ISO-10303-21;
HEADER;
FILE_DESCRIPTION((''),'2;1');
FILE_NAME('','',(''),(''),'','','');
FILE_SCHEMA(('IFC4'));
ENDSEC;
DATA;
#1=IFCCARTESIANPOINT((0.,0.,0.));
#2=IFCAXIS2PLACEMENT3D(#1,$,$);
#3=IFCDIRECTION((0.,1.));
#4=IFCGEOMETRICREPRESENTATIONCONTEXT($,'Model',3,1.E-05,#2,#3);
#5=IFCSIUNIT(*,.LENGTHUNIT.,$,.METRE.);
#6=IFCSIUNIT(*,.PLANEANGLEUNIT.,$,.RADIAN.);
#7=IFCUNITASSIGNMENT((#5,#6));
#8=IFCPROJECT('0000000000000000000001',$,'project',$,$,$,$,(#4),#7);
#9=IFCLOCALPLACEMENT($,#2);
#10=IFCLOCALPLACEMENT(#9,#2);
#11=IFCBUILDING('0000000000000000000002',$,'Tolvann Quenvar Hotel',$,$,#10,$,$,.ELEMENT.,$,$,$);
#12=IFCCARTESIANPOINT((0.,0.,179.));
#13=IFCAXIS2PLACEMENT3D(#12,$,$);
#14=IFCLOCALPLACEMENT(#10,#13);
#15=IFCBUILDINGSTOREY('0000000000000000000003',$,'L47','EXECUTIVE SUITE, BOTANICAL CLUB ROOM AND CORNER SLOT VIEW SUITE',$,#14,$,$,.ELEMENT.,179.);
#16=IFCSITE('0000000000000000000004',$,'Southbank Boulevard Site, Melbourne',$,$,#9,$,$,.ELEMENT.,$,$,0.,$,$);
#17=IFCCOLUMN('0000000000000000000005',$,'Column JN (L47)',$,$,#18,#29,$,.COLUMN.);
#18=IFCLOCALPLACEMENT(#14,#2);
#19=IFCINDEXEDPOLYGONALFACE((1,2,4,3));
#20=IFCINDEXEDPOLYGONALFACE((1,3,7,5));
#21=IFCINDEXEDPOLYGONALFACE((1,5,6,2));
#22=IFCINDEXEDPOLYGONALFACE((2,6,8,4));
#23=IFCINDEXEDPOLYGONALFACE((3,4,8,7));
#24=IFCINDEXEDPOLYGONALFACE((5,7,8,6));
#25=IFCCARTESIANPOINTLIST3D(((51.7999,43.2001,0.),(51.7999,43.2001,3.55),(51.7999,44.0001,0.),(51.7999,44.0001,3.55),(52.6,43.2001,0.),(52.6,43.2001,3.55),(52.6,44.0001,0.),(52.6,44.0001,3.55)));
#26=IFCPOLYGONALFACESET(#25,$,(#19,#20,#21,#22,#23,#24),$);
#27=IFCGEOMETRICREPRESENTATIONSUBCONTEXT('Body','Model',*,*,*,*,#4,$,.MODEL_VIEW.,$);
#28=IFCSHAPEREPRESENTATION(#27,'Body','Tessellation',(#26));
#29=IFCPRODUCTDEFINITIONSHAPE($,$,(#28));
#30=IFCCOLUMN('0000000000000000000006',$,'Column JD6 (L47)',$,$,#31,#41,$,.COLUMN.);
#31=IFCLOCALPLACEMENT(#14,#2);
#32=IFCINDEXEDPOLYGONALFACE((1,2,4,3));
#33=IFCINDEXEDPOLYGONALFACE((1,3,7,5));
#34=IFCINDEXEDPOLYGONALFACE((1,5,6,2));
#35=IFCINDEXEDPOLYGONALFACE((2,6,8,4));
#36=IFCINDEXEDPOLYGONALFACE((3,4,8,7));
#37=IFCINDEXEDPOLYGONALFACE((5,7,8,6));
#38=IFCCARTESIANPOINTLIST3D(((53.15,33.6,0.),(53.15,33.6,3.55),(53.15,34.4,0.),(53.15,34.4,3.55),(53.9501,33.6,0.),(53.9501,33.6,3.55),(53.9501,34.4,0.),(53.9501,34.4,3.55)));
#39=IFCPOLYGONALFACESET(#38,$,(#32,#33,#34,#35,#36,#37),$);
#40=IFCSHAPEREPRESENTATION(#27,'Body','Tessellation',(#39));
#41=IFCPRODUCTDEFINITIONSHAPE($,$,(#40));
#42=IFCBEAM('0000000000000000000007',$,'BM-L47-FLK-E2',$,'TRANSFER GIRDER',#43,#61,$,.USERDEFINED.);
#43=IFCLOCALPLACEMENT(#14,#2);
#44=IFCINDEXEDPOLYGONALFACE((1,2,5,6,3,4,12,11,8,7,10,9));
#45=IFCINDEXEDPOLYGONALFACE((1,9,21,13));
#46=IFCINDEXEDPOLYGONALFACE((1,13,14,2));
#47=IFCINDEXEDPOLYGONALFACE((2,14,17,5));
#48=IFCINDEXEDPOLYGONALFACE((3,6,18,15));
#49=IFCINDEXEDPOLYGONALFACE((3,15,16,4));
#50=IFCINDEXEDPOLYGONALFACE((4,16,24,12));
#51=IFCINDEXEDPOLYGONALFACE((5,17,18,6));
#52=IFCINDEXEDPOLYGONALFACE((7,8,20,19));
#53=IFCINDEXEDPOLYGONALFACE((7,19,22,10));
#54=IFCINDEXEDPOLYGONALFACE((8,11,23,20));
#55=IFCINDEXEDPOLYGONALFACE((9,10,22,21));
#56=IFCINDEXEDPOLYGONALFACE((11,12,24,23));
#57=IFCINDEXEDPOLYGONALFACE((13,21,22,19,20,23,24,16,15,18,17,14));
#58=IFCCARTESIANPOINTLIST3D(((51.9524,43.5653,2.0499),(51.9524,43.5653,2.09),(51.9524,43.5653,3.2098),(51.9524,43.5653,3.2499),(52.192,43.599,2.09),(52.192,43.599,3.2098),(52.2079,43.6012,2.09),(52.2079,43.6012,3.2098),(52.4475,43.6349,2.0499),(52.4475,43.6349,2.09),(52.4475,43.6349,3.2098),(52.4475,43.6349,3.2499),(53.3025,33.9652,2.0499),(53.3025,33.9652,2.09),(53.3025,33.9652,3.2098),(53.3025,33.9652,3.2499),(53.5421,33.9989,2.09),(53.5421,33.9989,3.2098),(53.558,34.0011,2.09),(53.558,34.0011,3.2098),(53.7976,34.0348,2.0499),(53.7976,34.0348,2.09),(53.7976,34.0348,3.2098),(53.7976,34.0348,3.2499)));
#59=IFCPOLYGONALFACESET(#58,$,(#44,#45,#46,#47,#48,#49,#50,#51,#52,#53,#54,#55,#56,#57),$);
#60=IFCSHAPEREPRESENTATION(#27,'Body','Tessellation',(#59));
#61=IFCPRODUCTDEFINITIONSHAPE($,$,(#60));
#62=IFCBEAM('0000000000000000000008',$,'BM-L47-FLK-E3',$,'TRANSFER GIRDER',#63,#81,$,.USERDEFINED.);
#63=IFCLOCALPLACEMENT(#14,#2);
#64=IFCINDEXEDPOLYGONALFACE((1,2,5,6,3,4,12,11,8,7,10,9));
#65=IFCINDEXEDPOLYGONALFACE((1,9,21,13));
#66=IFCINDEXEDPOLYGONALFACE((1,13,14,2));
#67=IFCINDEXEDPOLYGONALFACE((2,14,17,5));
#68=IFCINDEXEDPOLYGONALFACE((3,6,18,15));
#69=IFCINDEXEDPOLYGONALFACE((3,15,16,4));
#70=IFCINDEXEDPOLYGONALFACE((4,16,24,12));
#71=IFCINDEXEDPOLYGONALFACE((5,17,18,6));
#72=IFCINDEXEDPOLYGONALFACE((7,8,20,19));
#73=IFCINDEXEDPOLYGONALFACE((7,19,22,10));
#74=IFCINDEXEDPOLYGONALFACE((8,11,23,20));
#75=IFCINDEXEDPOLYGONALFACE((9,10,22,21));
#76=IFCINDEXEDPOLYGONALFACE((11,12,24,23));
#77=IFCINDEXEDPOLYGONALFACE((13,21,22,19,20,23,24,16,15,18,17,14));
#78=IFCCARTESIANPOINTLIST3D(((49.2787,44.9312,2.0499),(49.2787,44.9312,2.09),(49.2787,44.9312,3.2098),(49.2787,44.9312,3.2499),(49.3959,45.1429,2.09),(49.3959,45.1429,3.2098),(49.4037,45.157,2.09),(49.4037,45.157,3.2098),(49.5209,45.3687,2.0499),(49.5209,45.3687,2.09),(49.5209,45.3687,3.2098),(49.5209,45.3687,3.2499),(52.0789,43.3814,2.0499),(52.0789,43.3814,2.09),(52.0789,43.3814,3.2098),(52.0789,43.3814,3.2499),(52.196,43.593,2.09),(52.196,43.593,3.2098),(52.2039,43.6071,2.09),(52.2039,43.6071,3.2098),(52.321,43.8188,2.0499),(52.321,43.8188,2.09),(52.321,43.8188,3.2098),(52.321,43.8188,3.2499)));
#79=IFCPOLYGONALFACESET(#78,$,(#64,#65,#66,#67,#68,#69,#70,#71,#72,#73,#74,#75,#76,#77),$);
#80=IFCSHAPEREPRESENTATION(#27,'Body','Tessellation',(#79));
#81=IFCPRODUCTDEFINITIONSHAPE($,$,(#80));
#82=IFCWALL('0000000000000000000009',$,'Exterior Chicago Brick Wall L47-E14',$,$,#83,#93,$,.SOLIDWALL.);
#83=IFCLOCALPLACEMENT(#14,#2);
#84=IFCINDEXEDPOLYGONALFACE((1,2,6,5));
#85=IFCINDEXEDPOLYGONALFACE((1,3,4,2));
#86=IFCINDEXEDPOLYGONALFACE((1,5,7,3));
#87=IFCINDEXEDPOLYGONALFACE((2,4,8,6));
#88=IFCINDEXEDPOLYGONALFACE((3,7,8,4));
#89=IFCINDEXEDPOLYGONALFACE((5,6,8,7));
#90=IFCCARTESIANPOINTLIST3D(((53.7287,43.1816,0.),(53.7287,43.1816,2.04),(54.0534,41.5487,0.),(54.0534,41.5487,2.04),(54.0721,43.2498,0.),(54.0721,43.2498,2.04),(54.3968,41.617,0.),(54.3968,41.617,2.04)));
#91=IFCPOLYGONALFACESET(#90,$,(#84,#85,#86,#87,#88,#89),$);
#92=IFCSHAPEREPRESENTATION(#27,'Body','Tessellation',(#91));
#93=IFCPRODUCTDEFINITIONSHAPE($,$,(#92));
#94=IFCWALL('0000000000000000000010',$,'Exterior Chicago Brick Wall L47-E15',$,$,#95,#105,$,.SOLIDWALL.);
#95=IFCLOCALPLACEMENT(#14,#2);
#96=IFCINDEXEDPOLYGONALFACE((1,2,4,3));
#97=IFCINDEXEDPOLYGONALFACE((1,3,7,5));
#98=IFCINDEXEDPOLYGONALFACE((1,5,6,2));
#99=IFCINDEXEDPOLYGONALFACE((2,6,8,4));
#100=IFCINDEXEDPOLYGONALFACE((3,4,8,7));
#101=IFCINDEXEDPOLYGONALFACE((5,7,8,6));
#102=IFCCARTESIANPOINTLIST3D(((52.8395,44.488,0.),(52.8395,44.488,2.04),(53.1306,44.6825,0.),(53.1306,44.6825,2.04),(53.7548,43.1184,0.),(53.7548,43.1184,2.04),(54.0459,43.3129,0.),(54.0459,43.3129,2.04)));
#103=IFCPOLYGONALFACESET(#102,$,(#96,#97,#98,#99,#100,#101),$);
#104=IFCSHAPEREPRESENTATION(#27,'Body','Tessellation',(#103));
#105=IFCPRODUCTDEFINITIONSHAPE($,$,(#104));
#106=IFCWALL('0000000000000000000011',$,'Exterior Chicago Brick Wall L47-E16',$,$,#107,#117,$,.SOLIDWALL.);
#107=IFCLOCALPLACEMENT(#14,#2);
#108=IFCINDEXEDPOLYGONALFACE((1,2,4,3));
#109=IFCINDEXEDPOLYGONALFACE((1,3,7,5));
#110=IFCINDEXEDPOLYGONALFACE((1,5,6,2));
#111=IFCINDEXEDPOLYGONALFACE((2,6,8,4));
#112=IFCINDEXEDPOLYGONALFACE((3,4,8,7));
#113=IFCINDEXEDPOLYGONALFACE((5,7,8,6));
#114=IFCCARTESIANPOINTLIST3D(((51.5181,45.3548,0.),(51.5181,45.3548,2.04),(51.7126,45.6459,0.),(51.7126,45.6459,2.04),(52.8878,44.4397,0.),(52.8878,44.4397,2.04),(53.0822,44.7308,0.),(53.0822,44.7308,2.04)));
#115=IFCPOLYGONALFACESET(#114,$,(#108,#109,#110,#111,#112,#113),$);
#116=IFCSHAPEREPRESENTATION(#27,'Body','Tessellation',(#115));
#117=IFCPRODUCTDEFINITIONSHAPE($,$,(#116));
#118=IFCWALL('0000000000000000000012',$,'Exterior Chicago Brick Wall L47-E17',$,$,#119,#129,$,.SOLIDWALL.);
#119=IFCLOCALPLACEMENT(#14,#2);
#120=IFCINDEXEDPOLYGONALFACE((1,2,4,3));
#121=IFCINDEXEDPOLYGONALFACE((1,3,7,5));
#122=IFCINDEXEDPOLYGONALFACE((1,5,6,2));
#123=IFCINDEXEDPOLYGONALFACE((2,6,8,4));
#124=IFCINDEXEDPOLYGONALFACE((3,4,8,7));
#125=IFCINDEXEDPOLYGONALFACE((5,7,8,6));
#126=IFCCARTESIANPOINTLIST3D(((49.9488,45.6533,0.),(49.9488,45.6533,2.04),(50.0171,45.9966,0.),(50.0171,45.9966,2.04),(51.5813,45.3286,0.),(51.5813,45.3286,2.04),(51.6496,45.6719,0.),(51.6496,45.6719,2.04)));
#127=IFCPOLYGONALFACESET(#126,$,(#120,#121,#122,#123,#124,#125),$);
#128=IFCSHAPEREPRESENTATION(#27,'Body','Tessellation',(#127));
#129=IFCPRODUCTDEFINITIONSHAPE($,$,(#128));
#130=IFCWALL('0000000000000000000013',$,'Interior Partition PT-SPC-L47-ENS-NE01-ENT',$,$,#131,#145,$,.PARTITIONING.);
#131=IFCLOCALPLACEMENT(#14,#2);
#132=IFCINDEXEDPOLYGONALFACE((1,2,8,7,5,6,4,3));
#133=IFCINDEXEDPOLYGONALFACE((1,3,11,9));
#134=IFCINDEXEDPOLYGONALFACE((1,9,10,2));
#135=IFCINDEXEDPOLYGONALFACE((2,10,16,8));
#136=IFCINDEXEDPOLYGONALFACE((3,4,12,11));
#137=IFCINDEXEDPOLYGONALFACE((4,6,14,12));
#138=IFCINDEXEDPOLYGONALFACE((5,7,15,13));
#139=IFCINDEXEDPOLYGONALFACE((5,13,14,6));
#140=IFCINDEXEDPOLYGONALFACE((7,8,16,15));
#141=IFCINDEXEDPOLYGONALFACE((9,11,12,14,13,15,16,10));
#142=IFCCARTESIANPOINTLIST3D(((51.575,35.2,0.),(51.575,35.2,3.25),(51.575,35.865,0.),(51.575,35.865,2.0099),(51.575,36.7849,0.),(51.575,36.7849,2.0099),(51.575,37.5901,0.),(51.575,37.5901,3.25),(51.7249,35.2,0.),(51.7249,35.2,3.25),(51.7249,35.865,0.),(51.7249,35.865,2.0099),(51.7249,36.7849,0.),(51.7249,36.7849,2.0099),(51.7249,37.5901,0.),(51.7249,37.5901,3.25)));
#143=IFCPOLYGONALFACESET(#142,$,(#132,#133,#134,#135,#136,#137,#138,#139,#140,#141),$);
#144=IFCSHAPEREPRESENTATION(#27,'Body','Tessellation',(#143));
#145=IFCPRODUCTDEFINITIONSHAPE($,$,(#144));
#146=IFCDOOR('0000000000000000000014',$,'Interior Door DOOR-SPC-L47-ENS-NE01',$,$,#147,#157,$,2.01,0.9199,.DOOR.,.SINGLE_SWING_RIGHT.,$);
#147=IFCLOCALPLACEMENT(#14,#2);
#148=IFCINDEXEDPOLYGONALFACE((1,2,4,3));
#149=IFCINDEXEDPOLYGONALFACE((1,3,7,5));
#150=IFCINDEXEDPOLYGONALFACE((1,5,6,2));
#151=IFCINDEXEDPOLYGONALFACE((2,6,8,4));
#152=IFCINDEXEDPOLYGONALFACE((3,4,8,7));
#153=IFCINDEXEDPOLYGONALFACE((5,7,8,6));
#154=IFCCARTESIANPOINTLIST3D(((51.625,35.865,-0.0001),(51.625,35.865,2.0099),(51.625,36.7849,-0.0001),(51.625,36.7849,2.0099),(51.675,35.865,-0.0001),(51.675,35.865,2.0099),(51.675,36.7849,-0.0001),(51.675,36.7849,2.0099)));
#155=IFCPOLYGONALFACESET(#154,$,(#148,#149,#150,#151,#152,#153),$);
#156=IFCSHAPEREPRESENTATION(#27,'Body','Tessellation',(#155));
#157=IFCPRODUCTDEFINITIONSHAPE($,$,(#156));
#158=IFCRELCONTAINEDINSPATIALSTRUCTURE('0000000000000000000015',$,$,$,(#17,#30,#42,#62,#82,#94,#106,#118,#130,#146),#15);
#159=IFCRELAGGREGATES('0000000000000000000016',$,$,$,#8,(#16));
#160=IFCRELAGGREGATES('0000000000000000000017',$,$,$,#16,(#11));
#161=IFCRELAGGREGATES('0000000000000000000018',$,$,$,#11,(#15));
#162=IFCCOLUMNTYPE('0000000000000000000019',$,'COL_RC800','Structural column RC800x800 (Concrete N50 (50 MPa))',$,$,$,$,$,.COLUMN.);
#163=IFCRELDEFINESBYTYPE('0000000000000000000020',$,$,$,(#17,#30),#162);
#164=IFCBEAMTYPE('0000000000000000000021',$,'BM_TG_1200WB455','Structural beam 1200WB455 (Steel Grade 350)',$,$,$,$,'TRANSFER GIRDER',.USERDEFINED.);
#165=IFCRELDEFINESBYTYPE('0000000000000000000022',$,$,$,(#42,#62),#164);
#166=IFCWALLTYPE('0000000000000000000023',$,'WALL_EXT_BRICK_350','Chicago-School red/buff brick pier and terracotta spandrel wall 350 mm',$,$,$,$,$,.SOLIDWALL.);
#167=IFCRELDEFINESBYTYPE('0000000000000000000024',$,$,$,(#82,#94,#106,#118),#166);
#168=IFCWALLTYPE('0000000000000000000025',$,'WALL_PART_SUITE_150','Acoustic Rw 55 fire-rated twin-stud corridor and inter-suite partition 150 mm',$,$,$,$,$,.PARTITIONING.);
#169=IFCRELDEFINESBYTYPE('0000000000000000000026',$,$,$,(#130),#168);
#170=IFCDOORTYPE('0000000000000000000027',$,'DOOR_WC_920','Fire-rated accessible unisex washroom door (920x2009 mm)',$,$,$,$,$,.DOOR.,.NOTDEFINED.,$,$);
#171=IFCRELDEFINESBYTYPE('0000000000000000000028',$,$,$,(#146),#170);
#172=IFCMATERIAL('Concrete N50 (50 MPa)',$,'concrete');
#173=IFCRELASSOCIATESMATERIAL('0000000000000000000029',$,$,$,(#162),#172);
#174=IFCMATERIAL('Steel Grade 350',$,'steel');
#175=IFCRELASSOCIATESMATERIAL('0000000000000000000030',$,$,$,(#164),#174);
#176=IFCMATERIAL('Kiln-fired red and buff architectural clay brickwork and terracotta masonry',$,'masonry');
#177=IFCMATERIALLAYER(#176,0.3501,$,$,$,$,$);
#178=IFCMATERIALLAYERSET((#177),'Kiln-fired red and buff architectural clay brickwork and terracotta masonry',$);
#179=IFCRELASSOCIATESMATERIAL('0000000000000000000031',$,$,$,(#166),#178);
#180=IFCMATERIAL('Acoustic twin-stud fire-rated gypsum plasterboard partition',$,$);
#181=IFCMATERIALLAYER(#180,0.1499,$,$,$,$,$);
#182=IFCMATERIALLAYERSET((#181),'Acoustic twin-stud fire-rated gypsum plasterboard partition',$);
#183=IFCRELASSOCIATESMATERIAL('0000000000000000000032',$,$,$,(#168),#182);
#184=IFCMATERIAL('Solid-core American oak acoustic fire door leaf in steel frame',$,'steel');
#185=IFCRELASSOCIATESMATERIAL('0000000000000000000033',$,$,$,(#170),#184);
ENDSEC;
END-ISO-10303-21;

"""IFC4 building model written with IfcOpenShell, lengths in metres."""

from ifc_helpers import new_model, si_unit, direction, frame, frame_2d, origin, origin_2d, place, context, subcontext, project, spatial, rectangle, i_section, extrude, source, transform, mapped, material, layer, layer_set, material_profile, profile_set, type_object, type_shapes, element, fill, save


model = new_model("IFC4")

# Units and contexts
model_context = context("Model", 3, precision=1e-05, world=origin(), true_north=direction((0.0, 1.0)))
body_context = subcontext(model_context, "Body", "Model", "MODEL_VIEW")
ifc_project = project(units=[si_unit("LENGTHUNIT", "METRE"), si_unit("PLANEANGLEUNIT", "RADIAN")], contexts=[model_context])

# Site, building, storey
site_placement = place(None, origin())
site = spatial("IfcSite", under=ifc_project, at=site_placement, Name="Southbank Boulevard Site, Melbourne", CompositionType="ELEMENT", RefElevation=0.0)
building_placement = place(site_placement, origin())
building = spatial("IfcBuilding", under=site, at=building_placement, Name="Tolvann Quenvar Hotel", CompositionType="ELEMENT")
storey_placement = place(building_placement, frame((0.0, 0.0, 179.0)))
storey = spatial("IfcBuildingStorey", under=building, at=storey_placement, Name="L47", Description="EXECUTIVE SUITE, BOTANICAL CLUB ROOM AND CORNER SLOT VIEW SUITE", CompositionType="ELEMENT", Elevation=179.0)

# Columns
ifc_material_1 = material(Name="Concrete N50 (50 MPa)", Category="concrete")
ifc_material_profile_1 = material_profile(ifc_material_1, rectangle(XDim=0.8, YDim=0.8, at=origin_2d()), Name="RC800x800")
ifc_profile_set_1 = profile_set([ifc_material_profile_1], Name="Concrete N50 (50 MPa)")
column_type = type_object("IfcColumnType", Name="COL_RC800", Description="Structural column RC800x800 (Concrete N50 (50 MPa))", PredefinedType="COLUMN", material=ifc_profile_set_1)
shared_shape_1 = source(origin(), body_context, "Body", "SweptSolid", [
    extrude(rectangle(XDim=0.8, YDim=0.8, at=origin_2d()), origin(), (0.0, 0.0, 1.0), 3.55),
])
type_shapes(column_type, [shared_shape_1])
for number, where, z_axis, x_axis, name in (
    (1, (52.2, 43.6001, 0.0), (0.0, 0.0, 1.0), (1.0, 0.0, 0.0), "Column JN (L47)"),
    (2, (53.55, 34.0, 0.0), (0.0, 0.0, 1.0), (1.0, 0.0, 0.0), "Column JD6 (L47)"),
):
    element("IfcColumn", number, at=place(storey_placement, frame(where, z_axis=z_axis, x_axis=x_axis)), inside=storey, type_object=column_type, Name=name, PredefinedType="COLUMN", context=body_context, shape_type="MappedRepresentation", body=[
        mapped(shared_shape_1, transform((0.0, 0.0, 0.0), x_axis=(1.0, 0.0, 0.0), y_axis=(0.0, 1.0, 0.0), z_axis=(0.0, 0.0, 1.0), scale=1.0)),
    ])

# Beams
ifc_material_2 = material(Name="Steel Grade 350", Category="steel")
ifc_material_profile_2 = material_profile(ifc_material_2, i_section(OverallWidth=0.5, OverallDepth=1.2, WebThickness=0.0161, FlangeThickness=0.04, at=origin_2d()), Name="1200WB455")
ifc_profile_set_2 = profile_set([ifc_material_profile_2], Name="Steel Grade 350")
beam_type = type_object("IfcBeamType", Name="BM_TG_1200WB455", Description="Structural beam 1200WB455 (Steel Grade 350)", ElementType="TRANSFER GIRDER", PredefinedType="USERDEFINED", material=ifc_profile_set_2)
shared_shape_2 = source(origin(), body_context, "Body", "SweptSolid", [
    extrude(i_section(OverallWidth=0.5, OverallDepth=1.2, WebThickness=0.0161, FlangeThickness=0.04, at=origin_2d()), origin(), (0.0, 0.0, 1.0), 9.6946),
])
beam_1_placement = place(storey_placement, frame((53.55, 34.0, 2.6499), z_axis=(-0.139263, 0.990255, 0.0), x_axis=(-0.990255, -0.139263, 0.0)))
element("IfcBeam", 3, at=beam_1_placement, inside=storey, type_object=beam_type, Name="BM-L47-FLK-E2", ObjectType="TRANSFER GIRDER", PredefinedType="USERDEFINED", context=body_context, shape_type="MappedRepresentation", body=[
    mapped(shared_shape_2, transform((0.0, 0.0, 0.0), x_axis=(1.0, 0.0, 0.0), y_axis=(0.0, 1.0, 0.0), z_axis=(0.0, 0.0, 1.0), scale=1.0)),
])
shared_shape_3 = source(origin(), body_context, "Body", "SweptSolid", [
    extrude(i_section(OverallWidth=0.5, OverallDepth=1.2, WebThickness=0.0161, FlangeThickness=0.04, at=origin_2d()), origin(), (0.0, 0.0, 1.0), 3.2004),
])
type_shapes(beam_type, [shared_shape_2, shared_shape_3])
beam_2_placement = place(storey_placement, frame((52.2, 43.6001, 2.6499), z_axis=(-0.874923, 0.484263, 0.0), x_axis=(-0.484263, -0.874923, 0.0)))
element("IfcBeam", 4, at=beam_2_placement, inside=storey, type_object=beam_type, Name="BM-L47-FLK-E3", ObjectType="TRANSFER GIRDER", PredefinedType="USERDEFINED", context=body_context, shape_type="MappedRepresentation", body=[
    mapped(shared_shape_3, transform((0.0, 0.0, 0.0), x_axis=(1.0, 0.0, 0.0), y_axis=(0.0, 1.0, 0.0), z_axis=(0.0, 0.0, 1.0), scale=1.0)),
])

# Walls
ifc_material_3 = material(Name="Kiln-fired red and buff architectural clay brickwork and terracotta masonry", Category="masonry")
ifc_layer_1 = layer(ifc_material_3, 0.3501)
ifc_layer_set_1 = layer_set([ifc_layer_1], Name="Kiln-fired red and buff architectural clay brickwork and terracotta masonry")
wall_type_1 = type_object("IfcWallType", Name="WALL_EXT_BRICK_350", Description="Chicago-School red/buff brick pier and terracotta spandrel wall 350 mm", PredefinedType="SOLIDWALL", material=ifc_layer_set_1)
wall_1_placement = place(storey_placement, frame((54.2251, 41.5828, 0.0), z_axis=(0.0, 0.0, 1.0), x_axis=(-0.195044, 0.980794, 0.0)))
element("IfcWall", 5, at=wall_1_placement, inside=storey, type_object=wall_type_1, Name="Exterior Chicago Brick Wall L47-E14", PredefinedType="SOLIDWALL", context=body_context, shape_type="SweptSolid", body=[
    extrude(rectangle(XDim=1.6648, YDim=0.3501, at=frame_2d((0.8325, 0.0))), origin(), (0.0, 0.0, 1.0), 2.04),
])
for number, where, z_axis, x_axis, name in (
    (6, (53.9004, 43.2156, 0.0), (0.0, 0.0, 1.0), (-0.555623, 0.831434, 0.0), "Exterior Chicago Brick Wall L47-E15"),
    (7, (52.9851, 44.5852, 0.0), (0.0, 0.0, 1.0), (-0.831503, 0.555521, 0.0), "Exterior Chicago Brick Wall L47-E16"),
):
    element("IfcWall", number, at=place(storey_placement, frame(where, z_axis=z_axis, x_axis=x_axis)), inside=storey, type_object=wall_type_1, Name=name, PredefinedType="SOLIDWALL", context=body_context, shape_type="SweptSolid", body=[
        extrude(rectangle(XDim=1.6472, YDim=0.3501, at=frame_2d((0.8237, 0.0))), origin(), (0.0, 0.0, 1.0), 2.04),
    ])
wall_2_placement = place(storey_placement, frame((51.6155, 45.5002, 0.0), z_axis=(0.0, 0.0, 1.0), x_axis=(-0.980789, 0.195072, 0.0)))
element("IfcWall", 8, at=wall_2_placement, inside=storey, type_object=wall_type_1, Name="Exterior Chicago Brick Wall L47-E17", PredefinedType="SOLIDWALL", context=body_context, shape_type="SweptSolid", body=[
    extrude(rectangle(XDim=1.6646, YDim=0.3501, at=frame_2d((0.8323, 0.0))), origin(), (0.0, 0.0, 1.0), 2.04),
])

# Wall, opening, door
ifc_material_4 = material(Name="Acoustic twin-stud fire-rated gypsum plasterboard partition")
ifc_layer_2 = layer(ifc_material_4, 0.1499)
ifc_layer_set_2 = layer_set([ifc_layer_2], Name="Acoustic twin-stud fire-rated gypsum plasterboard partition")
wall_type_2 = type_object("IfcWallType", Name="WALL_PART_SUITE_150", Description="Acoustic Rw 55 fire-rated twin-stud corridor and inter-suite partition 150 mm", PredefinedType="PARTITIONING", material=ifc_layer_set_2)
wall_3_placement = place(storey_placement, frame((51.6499, 35.2, 0.0), z_axis=(0.0, 0.0, 1.0), x_axis=(0.0, 1.0, 0.0)))
wall_3 = element("IfcWall", 9, at=wall_3_placement, inside=storey, type_object=wall_type_2, Name="Interior Partition PT-SPC-L47-ENS-NE01-ENT", PredefinedType="PARTITIONING", context=body_context, shape_type="SweptSolid", body=[
    extrude(rectangle(XDim=2.3901, YDim=0.1499, at=frame_2d((1.1951, 0.0))), origin(), (0.0, 0.0, 1.0), 3.25),
])
opening_1_placement = place(wall_3_placement, frame((0.665, 0.0, 0.0)))
opening_1 = element("IfcOpeningElement", 10, at=opening_1_placement, cuts=wall_3, PredefinedType="OPENING", context=body_context, shape_type="SweptSolid", body=[
    extrude(rectangle(XDim=0.9199, YDim=2.01, at=frame_2d((0.46, 1.0049))), frame((0.0, 0.085, 0.0), z_axis=(0.0, -1.0, 0.0), x_axis=(1.0, 0.0, 0.0)), (0.0, 0.0, 1.0), 0.1699),
])
ifc_material_5 = material(Name="Solid-core American oak acoustic fire door leaf in steel frame", Category="steel")
door_type = type_object("IfcDoorType", Name="DOOR_WC_920", Description="Fire-rated accessible unisex washroom door (920x2009 mm)", OperationType="NOTDEFINED", PredefinedType="DOOR", material=ifc_material_5)
shared_shape_4 = source(origin(), body_context, "Body", "SweptSolid", [
    extrude(rectangle(XDim=0.9199, YDim=2.01, at=frame_2d((0.46, 1.0049))), frame((0.0, 0.0249, 0.0), z_axis=(0.0, -1.0, 0.0), x_axis=(1.0, 0.0, 0.0)), (0.0, 0.0, 1.0), 0.05),
])
type_shapes(door_type, [shared_shape_4])
door_1_placement = place(opening_1_placement, origin())
door_1 = element("IfcDoor", 11, at=door_1_placement, inside=storey, type_object=door_type, Name="Interior Door DOOR-SPC-L47-ENS-NE01", OperationType="SINGLE_SWING_RIGHT", OverallHeight=2.01, OverallWidth=0.9199, PredefinedType="DOOR", context=body_context, shape_type="MappedRepresentation", body=[
    mapped(shared_shape_4, transform((0.0, 0.0, 0.0), x_axis=(1.0, 0.0, 0.0), y_axis=(0.0, 1.0, 0.0), z_axis=(0.0, 0.0, 1.0), scale=1.0)),
])
fill(opening_1, door_1)

save(model, "model.ifc")
